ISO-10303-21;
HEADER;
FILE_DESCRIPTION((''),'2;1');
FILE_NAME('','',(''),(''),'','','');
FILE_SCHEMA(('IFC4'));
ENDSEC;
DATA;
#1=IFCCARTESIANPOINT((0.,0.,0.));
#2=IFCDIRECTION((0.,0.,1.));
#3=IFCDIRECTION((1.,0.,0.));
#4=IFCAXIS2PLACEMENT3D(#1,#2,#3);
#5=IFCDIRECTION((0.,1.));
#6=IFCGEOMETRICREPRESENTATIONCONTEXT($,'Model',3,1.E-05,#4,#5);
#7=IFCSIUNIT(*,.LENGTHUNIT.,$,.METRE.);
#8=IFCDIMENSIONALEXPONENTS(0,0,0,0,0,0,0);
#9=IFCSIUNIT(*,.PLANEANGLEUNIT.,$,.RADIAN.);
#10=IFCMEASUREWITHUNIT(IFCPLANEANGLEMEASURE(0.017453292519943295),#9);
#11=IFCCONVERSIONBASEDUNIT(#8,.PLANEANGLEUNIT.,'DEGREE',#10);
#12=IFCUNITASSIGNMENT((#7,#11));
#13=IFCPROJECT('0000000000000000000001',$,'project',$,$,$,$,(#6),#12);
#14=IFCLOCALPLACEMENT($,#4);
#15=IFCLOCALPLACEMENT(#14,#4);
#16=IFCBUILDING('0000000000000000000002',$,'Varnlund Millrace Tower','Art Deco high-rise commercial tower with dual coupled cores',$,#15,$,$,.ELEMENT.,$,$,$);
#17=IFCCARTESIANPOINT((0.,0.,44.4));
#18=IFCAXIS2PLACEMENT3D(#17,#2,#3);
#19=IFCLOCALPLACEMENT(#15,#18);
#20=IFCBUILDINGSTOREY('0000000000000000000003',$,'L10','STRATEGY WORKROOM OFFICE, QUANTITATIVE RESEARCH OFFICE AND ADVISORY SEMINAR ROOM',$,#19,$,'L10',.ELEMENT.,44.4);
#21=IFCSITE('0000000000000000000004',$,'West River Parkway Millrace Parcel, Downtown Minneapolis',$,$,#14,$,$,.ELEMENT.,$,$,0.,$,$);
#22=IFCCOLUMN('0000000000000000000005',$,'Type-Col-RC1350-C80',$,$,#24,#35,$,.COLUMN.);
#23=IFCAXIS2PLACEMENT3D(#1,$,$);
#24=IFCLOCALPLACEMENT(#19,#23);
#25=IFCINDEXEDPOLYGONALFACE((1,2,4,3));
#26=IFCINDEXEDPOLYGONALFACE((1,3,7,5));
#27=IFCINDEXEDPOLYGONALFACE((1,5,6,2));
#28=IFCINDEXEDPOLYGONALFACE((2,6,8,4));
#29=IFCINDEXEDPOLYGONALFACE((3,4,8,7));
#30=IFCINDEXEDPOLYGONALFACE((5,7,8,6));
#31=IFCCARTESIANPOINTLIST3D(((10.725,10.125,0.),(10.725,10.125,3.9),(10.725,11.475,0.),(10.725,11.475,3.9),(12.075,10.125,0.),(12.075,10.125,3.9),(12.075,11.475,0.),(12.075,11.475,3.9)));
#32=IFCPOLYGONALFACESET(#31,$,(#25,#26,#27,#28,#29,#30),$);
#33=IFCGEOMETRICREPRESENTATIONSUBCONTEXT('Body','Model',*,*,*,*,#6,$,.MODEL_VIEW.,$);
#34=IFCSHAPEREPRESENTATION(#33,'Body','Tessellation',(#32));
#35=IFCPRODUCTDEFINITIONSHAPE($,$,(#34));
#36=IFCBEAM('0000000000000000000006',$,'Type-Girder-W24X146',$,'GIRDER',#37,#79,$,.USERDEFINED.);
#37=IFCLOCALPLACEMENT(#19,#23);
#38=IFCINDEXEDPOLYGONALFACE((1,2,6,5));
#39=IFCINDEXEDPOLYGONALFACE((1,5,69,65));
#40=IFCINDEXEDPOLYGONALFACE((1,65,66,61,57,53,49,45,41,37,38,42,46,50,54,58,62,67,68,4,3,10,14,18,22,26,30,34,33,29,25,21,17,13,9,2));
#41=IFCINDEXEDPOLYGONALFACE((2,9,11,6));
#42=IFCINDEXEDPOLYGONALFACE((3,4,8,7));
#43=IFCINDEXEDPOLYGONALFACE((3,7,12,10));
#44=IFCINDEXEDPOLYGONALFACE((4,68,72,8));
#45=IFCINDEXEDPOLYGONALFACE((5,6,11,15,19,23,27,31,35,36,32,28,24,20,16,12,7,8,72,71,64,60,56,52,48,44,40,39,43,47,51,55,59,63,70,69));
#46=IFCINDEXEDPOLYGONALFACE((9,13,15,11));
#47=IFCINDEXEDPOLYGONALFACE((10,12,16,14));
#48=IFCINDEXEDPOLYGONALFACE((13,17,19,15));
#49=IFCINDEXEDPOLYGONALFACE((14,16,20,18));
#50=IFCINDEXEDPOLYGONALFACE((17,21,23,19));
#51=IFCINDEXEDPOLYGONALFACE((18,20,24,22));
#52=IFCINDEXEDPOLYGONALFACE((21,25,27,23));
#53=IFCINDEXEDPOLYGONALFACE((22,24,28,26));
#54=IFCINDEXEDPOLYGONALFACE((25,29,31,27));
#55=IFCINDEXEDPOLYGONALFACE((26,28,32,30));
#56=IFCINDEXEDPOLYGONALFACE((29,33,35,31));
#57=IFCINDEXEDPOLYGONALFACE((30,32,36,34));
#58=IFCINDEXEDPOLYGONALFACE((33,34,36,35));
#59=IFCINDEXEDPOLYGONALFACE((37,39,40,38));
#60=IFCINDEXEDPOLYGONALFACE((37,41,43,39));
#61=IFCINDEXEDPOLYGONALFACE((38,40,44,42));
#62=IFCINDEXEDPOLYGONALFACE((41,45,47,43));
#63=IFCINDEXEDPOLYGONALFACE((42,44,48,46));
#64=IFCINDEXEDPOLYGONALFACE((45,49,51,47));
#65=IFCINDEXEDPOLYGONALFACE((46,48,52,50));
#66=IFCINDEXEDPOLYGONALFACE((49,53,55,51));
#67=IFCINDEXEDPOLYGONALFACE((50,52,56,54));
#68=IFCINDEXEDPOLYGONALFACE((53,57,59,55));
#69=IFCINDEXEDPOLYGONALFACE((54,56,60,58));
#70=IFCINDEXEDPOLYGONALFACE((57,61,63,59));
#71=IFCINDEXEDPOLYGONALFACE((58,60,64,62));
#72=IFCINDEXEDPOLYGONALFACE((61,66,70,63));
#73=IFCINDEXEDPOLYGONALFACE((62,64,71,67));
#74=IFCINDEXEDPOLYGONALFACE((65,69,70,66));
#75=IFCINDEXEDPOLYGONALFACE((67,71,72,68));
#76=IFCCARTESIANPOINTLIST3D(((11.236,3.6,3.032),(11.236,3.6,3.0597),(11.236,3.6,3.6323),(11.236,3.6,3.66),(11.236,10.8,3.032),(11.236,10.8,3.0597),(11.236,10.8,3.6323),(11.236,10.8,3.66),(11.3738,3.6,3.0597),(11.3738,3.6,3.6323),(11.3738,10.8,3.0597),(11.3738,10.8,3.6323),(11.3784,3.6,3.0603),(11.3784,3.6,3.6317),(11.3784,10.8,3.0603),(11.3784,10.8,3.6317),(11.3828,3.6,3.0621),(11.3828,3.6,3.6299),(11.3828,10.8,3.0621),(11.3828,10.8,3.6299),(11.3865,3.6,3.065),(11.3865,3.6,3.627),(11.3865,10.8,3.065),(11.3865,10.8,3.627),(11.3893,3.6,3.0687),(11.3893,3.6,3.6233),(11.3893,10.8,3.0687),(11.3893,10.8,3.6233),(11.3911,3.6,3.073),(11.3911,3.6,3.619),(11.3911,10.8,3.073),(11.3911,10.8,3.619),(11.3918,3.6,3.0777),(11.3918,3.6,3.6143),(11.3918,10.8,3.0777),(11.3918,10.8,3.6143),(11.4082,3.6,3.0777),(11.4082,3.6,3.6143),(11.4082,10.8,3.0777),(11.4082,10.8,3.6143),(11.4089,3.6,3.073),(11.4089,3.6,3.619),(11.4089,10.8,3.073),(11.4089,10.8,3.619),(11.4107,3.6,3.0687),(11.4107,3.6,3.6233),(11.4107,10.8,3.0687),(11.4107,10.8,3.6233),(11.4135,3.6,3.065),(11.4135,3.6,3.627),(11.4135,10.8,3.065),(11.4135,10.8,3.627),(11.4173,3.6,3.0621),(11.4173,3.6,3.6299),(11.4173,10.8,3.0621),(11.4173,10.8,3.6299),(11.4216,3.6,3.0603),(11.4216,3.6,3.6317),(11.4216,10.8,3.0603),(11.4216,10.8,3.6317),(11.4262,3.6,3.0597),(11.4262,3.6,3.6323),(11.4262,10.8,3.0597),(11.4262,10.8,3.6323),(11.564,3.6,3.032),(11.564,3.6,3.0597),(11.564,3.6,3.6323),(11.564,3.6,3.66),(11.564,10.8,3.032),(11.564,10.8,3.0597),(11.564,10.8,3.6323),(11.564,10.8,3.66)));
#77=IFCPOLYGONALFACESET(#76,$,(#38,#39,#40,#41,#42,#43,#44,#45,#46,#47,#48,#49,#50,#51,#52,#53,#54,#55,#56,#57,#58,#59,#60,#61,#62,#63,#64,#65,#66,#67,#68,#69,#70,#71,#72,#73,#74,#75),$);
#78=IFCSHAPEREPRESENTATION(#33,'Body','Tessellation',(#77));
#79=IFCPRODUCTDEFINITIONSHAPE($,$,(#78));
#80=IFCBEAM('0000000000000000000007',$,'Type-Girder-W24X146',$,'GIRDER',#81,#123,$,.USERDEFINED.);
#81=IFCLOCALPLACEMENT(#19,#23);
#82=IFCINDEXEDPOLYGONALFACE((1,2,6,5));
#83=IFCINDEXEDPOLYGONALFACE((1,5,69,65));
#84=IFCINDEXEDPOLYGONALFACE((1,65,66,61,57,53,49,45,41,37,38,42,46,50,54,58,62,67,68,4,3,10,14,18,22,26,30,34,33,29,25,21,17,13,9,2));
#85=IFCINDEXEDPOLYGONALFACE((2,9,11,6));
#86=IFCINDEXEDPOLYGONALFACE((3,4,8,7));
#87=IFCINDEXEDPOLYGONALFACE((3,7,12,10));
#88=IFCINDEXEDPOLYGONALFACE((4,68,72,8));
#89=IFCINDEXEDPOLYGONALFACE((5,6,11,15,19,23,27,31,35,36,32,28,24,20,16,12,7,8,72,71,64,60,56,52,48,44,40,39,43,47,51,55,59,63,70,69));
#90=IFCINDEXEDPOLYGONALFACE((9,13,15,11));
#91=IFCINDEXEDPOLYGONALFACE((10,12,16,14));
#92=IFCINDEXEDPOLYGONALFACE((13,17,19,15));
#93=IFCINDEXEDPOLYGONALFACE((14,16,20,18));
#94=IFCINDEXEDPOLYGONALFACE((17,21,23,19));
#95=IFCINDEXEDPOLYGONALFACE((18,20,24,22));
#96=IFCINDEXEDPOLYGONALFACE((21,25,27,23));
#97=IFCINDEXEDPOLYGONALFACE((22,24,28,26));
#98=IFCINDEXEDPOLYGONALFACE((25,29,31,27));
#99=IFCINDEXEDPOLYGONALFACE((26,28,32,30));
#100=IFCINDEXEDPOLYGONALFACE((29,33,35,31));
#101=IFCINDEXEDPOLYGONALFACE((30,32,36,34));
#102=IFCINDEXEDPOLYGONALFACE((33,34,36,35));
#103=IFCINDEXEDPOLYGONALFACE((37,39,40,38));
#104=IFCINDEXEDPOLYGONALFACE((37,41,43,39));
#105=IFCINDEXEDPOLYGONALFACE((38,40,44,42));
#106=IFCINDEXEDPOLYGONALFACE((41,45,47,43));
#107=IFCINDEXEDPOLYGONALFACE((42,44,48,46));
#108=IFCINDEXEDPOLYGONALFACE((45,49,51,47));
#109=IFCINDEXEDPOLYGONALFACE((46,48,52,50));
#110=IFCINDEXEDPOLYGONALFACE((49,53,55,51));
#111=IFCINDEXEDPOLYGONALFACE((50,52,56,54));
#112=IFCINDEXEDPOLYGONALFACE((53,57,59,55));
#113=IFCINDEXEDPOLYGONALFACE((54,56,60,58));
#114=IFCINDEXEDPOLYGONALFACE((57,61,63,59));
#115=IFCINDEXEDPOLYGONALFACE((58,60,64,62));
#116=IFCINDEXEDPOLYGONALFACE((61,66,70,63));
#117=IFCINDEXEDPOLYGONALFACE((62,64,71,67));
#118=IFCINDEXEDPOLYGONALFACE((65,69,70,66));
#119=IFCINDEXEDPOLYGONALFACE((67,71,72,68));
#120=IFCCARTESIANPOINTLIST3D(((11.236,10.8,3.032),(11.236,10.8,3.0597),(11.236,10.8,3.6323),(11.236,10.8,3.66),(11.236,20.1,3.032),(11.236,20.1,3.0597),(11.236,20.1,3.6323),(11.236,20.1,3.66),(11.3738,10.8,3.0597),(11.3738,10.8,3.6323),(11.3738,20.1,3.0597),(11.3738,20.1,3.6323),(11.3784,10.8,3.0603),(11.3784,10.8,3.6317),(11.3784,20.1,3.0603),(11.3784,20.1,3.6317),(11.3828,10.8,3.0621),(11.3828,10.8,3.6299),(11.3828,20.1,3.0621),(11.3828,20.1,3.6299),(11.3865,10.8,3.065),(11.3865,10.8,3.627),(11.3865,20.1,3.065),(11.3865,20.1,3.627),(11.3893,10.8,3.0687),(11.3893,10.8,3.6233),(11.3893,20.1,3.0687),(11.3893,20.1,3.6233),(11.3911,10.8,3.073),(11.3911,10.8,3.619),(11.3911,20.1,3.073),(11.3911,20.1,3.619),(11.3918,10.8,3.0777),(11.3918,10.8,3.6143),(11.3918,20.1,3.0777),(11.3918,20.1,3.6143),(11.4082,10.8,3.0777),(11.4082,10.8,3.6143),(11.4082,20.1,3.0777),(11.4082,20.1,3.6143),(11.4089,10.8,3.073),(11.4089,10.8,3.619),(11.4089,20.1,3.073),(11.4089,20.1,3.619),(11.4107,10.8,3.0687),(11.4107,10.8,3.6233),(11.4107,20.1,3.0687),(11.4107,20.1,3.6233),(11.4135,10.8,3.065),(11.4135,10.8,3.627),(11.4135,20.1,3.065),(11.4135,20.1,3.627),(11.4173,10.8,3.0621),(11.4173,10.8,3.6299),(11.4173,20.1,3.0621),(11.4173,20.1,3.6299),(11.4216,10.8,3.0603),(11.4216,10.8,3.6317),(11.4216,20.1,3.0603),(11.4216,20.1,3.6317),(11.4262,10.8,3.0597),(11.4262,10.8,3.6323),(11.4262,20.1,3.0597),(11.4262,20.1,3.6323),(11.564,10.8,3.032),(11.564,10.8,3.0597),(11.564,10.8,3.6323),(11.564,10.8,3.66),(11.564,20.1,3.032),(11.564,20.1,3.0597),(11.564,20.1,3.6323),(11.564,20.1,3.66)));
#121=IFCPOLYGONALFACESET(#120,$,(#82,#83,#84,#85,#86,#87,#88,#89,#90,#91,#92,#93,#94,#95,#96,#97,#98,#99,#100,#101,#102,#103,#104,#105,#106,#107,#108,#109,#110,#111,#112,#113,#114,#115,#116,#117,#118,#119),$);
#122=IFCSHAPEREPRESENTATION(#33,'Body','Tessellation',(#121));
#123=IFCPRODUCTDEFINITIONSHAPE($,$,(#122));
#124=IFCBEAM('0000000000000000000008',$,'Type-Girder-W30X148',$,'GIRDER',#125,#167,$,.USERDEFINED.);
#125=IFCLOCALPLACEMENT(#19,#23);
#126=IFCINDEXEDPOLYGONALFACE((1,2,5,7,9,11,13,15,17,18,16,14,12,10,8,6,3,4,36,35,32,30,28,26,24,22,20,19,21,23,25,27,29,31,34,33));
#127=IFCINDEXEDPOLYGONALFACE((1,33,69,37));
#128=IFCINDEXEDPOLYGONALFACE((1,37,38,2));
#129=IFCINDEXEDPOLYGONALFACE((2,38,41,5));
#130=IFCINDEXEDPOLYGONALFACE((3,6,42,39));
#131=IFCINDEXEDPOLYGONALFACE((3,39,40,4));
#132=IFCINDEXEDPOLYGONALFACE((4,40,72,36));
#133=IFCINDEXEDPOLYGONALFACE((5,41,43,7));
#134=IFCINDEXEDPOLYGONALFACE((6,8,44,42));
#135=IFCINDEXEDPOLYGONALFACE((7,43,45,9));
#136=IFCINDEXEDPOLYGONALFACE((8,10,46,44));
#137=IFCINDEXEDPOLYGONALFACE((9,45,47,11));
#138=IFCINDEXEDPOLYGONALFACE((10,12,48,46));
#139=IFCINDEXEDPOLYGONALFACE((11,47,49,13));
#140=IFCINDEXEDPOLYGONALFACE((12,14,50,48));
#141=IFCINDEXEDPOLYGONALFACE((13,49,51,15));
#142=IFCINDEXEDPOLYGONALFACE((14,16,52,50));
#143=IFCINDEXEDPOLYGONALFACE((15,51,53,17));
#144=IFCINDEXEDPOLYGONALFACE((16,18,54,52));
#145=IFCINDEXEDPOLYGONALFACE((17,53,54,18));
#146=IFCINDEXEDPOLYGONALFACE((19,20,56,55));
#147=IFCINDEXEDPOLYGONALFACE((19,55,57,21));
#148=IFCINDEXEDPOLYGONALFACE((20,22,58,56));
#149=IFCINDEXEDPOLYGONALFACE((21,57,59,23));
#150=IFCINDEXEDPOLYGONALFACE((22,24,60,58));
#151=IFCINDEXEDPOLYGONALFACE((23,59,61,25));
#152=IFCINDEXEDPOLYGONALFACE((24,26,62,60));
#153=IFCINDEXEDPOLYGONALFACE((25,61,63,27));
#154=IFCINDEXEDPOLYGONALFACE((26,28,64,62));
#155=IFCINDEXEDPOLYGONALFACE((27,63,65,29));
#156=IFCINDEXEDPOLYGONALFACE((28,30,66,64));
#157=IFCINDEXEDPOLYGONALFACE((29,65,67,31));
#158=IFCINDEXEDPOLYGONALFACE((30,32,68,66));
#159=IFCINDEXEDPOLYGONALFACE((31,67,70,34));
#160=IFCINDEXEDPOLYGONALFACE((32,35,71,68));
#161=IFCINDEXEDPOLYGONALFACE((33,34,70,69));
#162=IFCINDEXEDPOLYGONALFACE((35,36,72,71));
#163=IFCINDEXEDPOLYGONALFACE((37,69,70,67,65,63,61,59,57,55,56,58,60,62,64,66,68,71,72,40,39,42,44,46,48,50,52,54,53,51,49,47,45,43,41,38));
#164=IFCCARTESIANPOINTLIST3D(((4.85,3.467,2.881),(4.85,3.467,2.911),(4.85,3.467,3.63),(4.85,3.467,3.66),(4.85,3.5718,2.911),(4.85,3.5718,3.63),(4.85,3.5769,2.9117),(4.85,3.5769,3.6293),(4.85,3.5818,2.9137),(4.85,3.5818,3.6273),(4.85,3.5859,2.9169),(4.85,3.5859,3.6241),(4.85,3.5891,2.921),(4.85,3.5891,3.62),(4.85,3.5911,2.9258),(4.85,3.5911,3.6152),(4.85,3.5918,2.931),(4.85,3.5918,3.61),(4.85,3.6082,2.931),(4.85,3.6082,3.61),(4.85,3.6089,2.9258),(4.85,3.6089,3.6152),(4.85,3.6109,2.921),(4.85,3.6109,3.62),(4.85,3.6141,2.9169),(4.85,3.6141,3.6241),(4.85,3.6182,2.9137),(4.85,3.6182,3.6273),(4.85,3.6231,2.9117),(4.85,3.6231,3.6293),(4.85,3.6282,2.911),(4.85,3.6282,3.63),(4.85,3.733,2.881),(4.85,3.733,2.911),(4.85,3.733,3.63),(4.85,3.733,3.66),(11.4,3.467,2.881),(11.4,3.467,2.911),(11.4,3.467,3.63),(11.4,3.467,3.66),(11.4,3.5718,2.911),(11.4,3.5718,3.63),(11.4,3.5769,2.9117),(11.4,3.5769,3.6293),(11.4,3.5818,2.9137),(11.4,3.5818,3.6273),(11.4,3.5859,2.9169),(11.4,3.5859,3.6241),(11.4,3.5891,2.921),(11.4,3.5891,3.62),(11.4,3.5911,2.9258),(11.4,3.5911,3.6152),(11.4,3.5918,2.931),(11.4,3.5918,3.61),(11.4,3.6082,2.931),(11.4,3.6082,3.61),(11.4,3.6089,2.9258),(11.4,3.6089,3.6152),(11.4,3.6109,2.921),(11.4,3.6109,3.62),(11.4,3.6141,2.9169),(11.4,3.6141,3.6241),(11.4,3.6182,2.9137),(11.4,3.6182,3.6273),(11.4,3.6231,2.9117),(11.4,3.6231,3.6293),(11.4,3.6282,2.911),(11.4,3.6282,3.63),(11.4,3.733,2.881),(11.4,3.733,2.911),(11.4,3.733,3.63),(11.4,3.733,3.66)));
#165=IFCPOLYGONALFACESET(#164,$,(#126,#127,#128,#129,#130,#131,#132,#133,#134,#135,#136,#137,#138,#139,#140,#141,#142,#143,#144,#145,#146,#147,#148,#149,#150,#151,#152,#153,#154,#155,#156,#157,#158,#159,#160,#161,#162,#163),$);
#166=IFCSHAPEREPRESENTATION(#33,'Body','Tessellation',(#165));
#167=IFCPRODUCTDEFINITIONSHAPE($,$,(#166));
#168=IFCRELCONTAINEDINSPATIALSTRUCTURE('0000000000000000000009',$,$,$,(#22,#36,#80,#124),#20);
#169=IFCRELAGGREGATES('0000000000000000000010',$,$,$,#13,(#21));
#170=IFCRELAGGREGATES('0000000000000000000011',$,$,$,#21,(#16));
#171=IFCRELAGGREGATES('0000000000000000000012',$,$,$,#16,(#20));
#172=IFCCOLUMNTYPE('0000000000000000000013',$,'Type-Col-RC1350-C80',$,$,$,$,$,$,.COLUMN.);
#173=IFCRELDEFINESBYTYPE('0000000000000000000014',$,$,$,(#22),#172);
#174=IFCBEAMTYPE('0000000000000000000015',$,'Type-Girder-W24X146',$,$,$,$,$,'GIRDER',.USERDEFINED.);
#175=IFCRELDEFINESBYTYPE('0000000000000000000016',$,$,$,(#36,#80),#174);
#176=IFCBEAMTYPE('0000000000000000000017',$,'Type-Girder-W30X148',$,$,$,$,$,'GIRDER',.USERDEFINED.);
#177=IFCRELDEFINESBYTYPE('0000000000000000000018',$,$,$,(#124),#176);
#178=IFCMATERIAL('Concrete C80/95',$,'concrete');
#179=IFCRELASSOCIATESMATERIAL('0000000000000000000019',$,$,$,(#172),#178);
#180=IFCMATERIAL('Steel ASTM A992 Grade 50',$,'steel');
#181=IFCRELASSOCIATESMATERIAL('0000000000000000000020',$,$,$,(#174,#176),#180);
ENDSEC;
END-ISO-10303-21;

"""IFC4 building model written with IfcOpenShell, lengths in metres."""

from ifc_helpers import new_model, entity, si_unit, converted_unit, direction, frame, origin_with_axes, origin_2d_with_axis, place, context, subcontext, project, spatial, rectangle, i_section, extrude, material, material_profile, profile_set, type_object, element, save


model = new_model("IFC4")

# Units and contexts
model_context = context("Model", 3, precision=1e-05, world=origin_with_axes(), true_north=direction((0.0, 1.0)))
body_context = subcontext(model_context, "Body", "Model", "MODEL_VIEW")
ifc_project = project(units=[si_unit("LENGTHUNIT", "METRE"), converted_unit("PLANEANGLEUNIT", "DEGREE", entity("IfcPlaneAngleMeasure", 0.017453292519943295), si_unit("PLANEANGLEUNIT", "RADIAN"), dimensions=[0, 0, 0, 0, 0, 0, 0])], contexts=[model_context])

# Site, building, storey
site_placement = place(None, origin_with_axes())
site = spatial("IfcSite", under=ifc_project, at=site_placement, Name="West River Parkway Millrace Parcel, Downtown Minneapolis", CompositionType="ELEMENT", RefElevation=0.0)
building_placement = place(site_placement, origin_with_axes())
building = spatial("IfcBuilding", under=site, at=building_placement, Name="Varnlund Millrace Tower", Description="Art Deco high-rise commercial tower with dual coupled cores", CompositionType="ELEMENT")
storey_placement = place(building_placement, frame((0.0, 0.0, 44.4), z_axis=(0.0, 0.0, 1.0), x_axis=(1.0, 0.0, 0.0)))
storey = spatial("IfcBuildingStorey", under=building, at=storey_placement, Name="L10", Description="STRATEGY WORKROOM OFFICE, QUANTITATIVE RESEARCH OFFICE AND ADVISORY SEMINAR ROOM", LongName="L10", CompositionType="ELEMENT", Elevation=44.4)

# Column
ifc_material_1 = material(Name="Concrete C80/95", Category="concrete")
ifc_material_profile_1 = material_profile(ifc_material_1, rectangle(XDim=1.35, YDim=1.35, at=origin_2d_with_axis()), Name="Concrete C80/95")
ifc_profile_set_1 = profile_set([ifc_material_profile_1], Name="Concrete C80/95")
column_type = type_object("IfcColumnType", Name="Type-Col-RC1350-C80", PredefinedType="COLUMN", material=ifc_profile_set_1)
column_placement = place(storey_placement, frame((11.4, 10.8, 0.0), z_axis=(0.0, 0.0, 1.0), x_axis=(1.0, 0.0, 0.0)))
element("IfcColumn", 1, at=column_placement, inside=storey, type_object=column_type, Name="Type-Col-RC1350-C80", PredefinedType="COLUMN", context=body_context, shape_type="SweptSolid", body=[
    extrude(rectangle(XDim=1.35, YDim=1.35, at=origin_2d_with_axis()), origin_with_axes(), (0.0, 0.0, 1.0), 3.9),
])

# Beams
ifc_material_2 = material(Name="Steel ASTM A992 Grade 50", Category="steel")
ifc_material_profile_2 = material_profile(ifc_material_2, i_section(OverallWidth=0.328, OverallDepth=0.628, WebThickness=0.0165, FlangeThickness=0.0277, FilletRadius=0.018, at=origin_2d_with_axis()), Name="Steel ASTM A992 Grade 50")
ifc_profile_set_2 = profile_set([ifc_material_profile_2], Name="Steel ASTM A992 Grade 50")
beam_type_1 = type_object("IfcBeamType", Name="Type-Girder-W24X146", ElementType="GIRDER", PredefinedType="USERDEFINED", material=ifc_profile_set_2)
beam_1_placement = place(storey_placement, frame((11.4, 3.6, 3.346), z_axis=(0.0, 1.0, 0.0), x_axis=(-1.0, 0.0, 0.0)))
element("IfcBeam", 2, at=beam_1_placement, inside=storey, type_object=beam_type_1, Name="Type-Girder-W24X146", ObjectType="GIRDER", PredefinedType="USERDEFINED", context=body_context, shape_type="SweptSolid", body=[
    extrude(i_section(OverallWidth=0.328, OverallDepth=0.628, WebThickness=0.0165, FlangeThickness=0.0277, FilletRadius=0.018, at=origin_2d_with_axis()), origin_with_axes(), (0.0, 0.0, 1.0), 7.2),
])
beam_2_placement = place(storey_placement, frame((11.4, 10.8, 3.346), z_axis=(0.0, 1.0, 0.0), x_axis=(-1.0, 0.0, 0.0)))
element("IfcBeam", 3, at=beam_2_placement, inside=storey, type_object=beam_type_1, Name="Type-Girder-W24X146", ObjectType="GIRDER", PredefinedType="USERDEFINED", context=body_context, shape_type="SweptSolid", body=[
    extrude(i_section(OverallWidth=0.328, OverallDepth=0.628, WebThickness=0.0165, FlangeThickness=0.0277, FilletRadius=0.018, at=origin_2d_with_axis()), origin_with_axes(), (0.0, 0.0, 1.0), 9.3),
])
ifc_material_profile_3 = material_profile(ifc_material_2, i_section(OverallWidth=0.266, OverallDepth=0.779, WebThickness=0.0165, FlangeThickness=0.03, FilletRadius=0.02, at=origin_2d_with_axis()), Name="Steel ASTM A992 Grade 50")
ifc_profile_set_3 = profile_set([ifc_material_profile_3], Name="Steel ASTM A992 Grade 50")
beam_type_2 = type_object("IfcBeamType", Name="Type-Girder-W30X148", ElementType="GIRDER", PredefinedType="USERDEFINED", material=ifc_profile_set_3)
beam_3_placement = place(storey_placement, frame((4.85, 3.6, 3.2705), z_axis=(1.0, 0.0, 0.0), x_axis=(0.0, 1.0, 0.0)))
element("IfcBeam", 4, at=beam_3_placement, inside=storey, type_object=beam_type_2, Name="Type-Girder-W30X148", ObjectType="GIRDER", PredefinedType="USERDEFINED", context=body_context, shape_type="SweptSolid", body=[
    extrude(i_section(OverallWidth=0.266, OverallDepth=0.779, WebThickness=0.0165, FlangeThickness=0.03, FilletRadius=0.02, at=origin_2d_with_axis()), origin_with_axes(), (0.0, 0.0, 1.0), 6.55),
])

save(model, "model.ifc")
